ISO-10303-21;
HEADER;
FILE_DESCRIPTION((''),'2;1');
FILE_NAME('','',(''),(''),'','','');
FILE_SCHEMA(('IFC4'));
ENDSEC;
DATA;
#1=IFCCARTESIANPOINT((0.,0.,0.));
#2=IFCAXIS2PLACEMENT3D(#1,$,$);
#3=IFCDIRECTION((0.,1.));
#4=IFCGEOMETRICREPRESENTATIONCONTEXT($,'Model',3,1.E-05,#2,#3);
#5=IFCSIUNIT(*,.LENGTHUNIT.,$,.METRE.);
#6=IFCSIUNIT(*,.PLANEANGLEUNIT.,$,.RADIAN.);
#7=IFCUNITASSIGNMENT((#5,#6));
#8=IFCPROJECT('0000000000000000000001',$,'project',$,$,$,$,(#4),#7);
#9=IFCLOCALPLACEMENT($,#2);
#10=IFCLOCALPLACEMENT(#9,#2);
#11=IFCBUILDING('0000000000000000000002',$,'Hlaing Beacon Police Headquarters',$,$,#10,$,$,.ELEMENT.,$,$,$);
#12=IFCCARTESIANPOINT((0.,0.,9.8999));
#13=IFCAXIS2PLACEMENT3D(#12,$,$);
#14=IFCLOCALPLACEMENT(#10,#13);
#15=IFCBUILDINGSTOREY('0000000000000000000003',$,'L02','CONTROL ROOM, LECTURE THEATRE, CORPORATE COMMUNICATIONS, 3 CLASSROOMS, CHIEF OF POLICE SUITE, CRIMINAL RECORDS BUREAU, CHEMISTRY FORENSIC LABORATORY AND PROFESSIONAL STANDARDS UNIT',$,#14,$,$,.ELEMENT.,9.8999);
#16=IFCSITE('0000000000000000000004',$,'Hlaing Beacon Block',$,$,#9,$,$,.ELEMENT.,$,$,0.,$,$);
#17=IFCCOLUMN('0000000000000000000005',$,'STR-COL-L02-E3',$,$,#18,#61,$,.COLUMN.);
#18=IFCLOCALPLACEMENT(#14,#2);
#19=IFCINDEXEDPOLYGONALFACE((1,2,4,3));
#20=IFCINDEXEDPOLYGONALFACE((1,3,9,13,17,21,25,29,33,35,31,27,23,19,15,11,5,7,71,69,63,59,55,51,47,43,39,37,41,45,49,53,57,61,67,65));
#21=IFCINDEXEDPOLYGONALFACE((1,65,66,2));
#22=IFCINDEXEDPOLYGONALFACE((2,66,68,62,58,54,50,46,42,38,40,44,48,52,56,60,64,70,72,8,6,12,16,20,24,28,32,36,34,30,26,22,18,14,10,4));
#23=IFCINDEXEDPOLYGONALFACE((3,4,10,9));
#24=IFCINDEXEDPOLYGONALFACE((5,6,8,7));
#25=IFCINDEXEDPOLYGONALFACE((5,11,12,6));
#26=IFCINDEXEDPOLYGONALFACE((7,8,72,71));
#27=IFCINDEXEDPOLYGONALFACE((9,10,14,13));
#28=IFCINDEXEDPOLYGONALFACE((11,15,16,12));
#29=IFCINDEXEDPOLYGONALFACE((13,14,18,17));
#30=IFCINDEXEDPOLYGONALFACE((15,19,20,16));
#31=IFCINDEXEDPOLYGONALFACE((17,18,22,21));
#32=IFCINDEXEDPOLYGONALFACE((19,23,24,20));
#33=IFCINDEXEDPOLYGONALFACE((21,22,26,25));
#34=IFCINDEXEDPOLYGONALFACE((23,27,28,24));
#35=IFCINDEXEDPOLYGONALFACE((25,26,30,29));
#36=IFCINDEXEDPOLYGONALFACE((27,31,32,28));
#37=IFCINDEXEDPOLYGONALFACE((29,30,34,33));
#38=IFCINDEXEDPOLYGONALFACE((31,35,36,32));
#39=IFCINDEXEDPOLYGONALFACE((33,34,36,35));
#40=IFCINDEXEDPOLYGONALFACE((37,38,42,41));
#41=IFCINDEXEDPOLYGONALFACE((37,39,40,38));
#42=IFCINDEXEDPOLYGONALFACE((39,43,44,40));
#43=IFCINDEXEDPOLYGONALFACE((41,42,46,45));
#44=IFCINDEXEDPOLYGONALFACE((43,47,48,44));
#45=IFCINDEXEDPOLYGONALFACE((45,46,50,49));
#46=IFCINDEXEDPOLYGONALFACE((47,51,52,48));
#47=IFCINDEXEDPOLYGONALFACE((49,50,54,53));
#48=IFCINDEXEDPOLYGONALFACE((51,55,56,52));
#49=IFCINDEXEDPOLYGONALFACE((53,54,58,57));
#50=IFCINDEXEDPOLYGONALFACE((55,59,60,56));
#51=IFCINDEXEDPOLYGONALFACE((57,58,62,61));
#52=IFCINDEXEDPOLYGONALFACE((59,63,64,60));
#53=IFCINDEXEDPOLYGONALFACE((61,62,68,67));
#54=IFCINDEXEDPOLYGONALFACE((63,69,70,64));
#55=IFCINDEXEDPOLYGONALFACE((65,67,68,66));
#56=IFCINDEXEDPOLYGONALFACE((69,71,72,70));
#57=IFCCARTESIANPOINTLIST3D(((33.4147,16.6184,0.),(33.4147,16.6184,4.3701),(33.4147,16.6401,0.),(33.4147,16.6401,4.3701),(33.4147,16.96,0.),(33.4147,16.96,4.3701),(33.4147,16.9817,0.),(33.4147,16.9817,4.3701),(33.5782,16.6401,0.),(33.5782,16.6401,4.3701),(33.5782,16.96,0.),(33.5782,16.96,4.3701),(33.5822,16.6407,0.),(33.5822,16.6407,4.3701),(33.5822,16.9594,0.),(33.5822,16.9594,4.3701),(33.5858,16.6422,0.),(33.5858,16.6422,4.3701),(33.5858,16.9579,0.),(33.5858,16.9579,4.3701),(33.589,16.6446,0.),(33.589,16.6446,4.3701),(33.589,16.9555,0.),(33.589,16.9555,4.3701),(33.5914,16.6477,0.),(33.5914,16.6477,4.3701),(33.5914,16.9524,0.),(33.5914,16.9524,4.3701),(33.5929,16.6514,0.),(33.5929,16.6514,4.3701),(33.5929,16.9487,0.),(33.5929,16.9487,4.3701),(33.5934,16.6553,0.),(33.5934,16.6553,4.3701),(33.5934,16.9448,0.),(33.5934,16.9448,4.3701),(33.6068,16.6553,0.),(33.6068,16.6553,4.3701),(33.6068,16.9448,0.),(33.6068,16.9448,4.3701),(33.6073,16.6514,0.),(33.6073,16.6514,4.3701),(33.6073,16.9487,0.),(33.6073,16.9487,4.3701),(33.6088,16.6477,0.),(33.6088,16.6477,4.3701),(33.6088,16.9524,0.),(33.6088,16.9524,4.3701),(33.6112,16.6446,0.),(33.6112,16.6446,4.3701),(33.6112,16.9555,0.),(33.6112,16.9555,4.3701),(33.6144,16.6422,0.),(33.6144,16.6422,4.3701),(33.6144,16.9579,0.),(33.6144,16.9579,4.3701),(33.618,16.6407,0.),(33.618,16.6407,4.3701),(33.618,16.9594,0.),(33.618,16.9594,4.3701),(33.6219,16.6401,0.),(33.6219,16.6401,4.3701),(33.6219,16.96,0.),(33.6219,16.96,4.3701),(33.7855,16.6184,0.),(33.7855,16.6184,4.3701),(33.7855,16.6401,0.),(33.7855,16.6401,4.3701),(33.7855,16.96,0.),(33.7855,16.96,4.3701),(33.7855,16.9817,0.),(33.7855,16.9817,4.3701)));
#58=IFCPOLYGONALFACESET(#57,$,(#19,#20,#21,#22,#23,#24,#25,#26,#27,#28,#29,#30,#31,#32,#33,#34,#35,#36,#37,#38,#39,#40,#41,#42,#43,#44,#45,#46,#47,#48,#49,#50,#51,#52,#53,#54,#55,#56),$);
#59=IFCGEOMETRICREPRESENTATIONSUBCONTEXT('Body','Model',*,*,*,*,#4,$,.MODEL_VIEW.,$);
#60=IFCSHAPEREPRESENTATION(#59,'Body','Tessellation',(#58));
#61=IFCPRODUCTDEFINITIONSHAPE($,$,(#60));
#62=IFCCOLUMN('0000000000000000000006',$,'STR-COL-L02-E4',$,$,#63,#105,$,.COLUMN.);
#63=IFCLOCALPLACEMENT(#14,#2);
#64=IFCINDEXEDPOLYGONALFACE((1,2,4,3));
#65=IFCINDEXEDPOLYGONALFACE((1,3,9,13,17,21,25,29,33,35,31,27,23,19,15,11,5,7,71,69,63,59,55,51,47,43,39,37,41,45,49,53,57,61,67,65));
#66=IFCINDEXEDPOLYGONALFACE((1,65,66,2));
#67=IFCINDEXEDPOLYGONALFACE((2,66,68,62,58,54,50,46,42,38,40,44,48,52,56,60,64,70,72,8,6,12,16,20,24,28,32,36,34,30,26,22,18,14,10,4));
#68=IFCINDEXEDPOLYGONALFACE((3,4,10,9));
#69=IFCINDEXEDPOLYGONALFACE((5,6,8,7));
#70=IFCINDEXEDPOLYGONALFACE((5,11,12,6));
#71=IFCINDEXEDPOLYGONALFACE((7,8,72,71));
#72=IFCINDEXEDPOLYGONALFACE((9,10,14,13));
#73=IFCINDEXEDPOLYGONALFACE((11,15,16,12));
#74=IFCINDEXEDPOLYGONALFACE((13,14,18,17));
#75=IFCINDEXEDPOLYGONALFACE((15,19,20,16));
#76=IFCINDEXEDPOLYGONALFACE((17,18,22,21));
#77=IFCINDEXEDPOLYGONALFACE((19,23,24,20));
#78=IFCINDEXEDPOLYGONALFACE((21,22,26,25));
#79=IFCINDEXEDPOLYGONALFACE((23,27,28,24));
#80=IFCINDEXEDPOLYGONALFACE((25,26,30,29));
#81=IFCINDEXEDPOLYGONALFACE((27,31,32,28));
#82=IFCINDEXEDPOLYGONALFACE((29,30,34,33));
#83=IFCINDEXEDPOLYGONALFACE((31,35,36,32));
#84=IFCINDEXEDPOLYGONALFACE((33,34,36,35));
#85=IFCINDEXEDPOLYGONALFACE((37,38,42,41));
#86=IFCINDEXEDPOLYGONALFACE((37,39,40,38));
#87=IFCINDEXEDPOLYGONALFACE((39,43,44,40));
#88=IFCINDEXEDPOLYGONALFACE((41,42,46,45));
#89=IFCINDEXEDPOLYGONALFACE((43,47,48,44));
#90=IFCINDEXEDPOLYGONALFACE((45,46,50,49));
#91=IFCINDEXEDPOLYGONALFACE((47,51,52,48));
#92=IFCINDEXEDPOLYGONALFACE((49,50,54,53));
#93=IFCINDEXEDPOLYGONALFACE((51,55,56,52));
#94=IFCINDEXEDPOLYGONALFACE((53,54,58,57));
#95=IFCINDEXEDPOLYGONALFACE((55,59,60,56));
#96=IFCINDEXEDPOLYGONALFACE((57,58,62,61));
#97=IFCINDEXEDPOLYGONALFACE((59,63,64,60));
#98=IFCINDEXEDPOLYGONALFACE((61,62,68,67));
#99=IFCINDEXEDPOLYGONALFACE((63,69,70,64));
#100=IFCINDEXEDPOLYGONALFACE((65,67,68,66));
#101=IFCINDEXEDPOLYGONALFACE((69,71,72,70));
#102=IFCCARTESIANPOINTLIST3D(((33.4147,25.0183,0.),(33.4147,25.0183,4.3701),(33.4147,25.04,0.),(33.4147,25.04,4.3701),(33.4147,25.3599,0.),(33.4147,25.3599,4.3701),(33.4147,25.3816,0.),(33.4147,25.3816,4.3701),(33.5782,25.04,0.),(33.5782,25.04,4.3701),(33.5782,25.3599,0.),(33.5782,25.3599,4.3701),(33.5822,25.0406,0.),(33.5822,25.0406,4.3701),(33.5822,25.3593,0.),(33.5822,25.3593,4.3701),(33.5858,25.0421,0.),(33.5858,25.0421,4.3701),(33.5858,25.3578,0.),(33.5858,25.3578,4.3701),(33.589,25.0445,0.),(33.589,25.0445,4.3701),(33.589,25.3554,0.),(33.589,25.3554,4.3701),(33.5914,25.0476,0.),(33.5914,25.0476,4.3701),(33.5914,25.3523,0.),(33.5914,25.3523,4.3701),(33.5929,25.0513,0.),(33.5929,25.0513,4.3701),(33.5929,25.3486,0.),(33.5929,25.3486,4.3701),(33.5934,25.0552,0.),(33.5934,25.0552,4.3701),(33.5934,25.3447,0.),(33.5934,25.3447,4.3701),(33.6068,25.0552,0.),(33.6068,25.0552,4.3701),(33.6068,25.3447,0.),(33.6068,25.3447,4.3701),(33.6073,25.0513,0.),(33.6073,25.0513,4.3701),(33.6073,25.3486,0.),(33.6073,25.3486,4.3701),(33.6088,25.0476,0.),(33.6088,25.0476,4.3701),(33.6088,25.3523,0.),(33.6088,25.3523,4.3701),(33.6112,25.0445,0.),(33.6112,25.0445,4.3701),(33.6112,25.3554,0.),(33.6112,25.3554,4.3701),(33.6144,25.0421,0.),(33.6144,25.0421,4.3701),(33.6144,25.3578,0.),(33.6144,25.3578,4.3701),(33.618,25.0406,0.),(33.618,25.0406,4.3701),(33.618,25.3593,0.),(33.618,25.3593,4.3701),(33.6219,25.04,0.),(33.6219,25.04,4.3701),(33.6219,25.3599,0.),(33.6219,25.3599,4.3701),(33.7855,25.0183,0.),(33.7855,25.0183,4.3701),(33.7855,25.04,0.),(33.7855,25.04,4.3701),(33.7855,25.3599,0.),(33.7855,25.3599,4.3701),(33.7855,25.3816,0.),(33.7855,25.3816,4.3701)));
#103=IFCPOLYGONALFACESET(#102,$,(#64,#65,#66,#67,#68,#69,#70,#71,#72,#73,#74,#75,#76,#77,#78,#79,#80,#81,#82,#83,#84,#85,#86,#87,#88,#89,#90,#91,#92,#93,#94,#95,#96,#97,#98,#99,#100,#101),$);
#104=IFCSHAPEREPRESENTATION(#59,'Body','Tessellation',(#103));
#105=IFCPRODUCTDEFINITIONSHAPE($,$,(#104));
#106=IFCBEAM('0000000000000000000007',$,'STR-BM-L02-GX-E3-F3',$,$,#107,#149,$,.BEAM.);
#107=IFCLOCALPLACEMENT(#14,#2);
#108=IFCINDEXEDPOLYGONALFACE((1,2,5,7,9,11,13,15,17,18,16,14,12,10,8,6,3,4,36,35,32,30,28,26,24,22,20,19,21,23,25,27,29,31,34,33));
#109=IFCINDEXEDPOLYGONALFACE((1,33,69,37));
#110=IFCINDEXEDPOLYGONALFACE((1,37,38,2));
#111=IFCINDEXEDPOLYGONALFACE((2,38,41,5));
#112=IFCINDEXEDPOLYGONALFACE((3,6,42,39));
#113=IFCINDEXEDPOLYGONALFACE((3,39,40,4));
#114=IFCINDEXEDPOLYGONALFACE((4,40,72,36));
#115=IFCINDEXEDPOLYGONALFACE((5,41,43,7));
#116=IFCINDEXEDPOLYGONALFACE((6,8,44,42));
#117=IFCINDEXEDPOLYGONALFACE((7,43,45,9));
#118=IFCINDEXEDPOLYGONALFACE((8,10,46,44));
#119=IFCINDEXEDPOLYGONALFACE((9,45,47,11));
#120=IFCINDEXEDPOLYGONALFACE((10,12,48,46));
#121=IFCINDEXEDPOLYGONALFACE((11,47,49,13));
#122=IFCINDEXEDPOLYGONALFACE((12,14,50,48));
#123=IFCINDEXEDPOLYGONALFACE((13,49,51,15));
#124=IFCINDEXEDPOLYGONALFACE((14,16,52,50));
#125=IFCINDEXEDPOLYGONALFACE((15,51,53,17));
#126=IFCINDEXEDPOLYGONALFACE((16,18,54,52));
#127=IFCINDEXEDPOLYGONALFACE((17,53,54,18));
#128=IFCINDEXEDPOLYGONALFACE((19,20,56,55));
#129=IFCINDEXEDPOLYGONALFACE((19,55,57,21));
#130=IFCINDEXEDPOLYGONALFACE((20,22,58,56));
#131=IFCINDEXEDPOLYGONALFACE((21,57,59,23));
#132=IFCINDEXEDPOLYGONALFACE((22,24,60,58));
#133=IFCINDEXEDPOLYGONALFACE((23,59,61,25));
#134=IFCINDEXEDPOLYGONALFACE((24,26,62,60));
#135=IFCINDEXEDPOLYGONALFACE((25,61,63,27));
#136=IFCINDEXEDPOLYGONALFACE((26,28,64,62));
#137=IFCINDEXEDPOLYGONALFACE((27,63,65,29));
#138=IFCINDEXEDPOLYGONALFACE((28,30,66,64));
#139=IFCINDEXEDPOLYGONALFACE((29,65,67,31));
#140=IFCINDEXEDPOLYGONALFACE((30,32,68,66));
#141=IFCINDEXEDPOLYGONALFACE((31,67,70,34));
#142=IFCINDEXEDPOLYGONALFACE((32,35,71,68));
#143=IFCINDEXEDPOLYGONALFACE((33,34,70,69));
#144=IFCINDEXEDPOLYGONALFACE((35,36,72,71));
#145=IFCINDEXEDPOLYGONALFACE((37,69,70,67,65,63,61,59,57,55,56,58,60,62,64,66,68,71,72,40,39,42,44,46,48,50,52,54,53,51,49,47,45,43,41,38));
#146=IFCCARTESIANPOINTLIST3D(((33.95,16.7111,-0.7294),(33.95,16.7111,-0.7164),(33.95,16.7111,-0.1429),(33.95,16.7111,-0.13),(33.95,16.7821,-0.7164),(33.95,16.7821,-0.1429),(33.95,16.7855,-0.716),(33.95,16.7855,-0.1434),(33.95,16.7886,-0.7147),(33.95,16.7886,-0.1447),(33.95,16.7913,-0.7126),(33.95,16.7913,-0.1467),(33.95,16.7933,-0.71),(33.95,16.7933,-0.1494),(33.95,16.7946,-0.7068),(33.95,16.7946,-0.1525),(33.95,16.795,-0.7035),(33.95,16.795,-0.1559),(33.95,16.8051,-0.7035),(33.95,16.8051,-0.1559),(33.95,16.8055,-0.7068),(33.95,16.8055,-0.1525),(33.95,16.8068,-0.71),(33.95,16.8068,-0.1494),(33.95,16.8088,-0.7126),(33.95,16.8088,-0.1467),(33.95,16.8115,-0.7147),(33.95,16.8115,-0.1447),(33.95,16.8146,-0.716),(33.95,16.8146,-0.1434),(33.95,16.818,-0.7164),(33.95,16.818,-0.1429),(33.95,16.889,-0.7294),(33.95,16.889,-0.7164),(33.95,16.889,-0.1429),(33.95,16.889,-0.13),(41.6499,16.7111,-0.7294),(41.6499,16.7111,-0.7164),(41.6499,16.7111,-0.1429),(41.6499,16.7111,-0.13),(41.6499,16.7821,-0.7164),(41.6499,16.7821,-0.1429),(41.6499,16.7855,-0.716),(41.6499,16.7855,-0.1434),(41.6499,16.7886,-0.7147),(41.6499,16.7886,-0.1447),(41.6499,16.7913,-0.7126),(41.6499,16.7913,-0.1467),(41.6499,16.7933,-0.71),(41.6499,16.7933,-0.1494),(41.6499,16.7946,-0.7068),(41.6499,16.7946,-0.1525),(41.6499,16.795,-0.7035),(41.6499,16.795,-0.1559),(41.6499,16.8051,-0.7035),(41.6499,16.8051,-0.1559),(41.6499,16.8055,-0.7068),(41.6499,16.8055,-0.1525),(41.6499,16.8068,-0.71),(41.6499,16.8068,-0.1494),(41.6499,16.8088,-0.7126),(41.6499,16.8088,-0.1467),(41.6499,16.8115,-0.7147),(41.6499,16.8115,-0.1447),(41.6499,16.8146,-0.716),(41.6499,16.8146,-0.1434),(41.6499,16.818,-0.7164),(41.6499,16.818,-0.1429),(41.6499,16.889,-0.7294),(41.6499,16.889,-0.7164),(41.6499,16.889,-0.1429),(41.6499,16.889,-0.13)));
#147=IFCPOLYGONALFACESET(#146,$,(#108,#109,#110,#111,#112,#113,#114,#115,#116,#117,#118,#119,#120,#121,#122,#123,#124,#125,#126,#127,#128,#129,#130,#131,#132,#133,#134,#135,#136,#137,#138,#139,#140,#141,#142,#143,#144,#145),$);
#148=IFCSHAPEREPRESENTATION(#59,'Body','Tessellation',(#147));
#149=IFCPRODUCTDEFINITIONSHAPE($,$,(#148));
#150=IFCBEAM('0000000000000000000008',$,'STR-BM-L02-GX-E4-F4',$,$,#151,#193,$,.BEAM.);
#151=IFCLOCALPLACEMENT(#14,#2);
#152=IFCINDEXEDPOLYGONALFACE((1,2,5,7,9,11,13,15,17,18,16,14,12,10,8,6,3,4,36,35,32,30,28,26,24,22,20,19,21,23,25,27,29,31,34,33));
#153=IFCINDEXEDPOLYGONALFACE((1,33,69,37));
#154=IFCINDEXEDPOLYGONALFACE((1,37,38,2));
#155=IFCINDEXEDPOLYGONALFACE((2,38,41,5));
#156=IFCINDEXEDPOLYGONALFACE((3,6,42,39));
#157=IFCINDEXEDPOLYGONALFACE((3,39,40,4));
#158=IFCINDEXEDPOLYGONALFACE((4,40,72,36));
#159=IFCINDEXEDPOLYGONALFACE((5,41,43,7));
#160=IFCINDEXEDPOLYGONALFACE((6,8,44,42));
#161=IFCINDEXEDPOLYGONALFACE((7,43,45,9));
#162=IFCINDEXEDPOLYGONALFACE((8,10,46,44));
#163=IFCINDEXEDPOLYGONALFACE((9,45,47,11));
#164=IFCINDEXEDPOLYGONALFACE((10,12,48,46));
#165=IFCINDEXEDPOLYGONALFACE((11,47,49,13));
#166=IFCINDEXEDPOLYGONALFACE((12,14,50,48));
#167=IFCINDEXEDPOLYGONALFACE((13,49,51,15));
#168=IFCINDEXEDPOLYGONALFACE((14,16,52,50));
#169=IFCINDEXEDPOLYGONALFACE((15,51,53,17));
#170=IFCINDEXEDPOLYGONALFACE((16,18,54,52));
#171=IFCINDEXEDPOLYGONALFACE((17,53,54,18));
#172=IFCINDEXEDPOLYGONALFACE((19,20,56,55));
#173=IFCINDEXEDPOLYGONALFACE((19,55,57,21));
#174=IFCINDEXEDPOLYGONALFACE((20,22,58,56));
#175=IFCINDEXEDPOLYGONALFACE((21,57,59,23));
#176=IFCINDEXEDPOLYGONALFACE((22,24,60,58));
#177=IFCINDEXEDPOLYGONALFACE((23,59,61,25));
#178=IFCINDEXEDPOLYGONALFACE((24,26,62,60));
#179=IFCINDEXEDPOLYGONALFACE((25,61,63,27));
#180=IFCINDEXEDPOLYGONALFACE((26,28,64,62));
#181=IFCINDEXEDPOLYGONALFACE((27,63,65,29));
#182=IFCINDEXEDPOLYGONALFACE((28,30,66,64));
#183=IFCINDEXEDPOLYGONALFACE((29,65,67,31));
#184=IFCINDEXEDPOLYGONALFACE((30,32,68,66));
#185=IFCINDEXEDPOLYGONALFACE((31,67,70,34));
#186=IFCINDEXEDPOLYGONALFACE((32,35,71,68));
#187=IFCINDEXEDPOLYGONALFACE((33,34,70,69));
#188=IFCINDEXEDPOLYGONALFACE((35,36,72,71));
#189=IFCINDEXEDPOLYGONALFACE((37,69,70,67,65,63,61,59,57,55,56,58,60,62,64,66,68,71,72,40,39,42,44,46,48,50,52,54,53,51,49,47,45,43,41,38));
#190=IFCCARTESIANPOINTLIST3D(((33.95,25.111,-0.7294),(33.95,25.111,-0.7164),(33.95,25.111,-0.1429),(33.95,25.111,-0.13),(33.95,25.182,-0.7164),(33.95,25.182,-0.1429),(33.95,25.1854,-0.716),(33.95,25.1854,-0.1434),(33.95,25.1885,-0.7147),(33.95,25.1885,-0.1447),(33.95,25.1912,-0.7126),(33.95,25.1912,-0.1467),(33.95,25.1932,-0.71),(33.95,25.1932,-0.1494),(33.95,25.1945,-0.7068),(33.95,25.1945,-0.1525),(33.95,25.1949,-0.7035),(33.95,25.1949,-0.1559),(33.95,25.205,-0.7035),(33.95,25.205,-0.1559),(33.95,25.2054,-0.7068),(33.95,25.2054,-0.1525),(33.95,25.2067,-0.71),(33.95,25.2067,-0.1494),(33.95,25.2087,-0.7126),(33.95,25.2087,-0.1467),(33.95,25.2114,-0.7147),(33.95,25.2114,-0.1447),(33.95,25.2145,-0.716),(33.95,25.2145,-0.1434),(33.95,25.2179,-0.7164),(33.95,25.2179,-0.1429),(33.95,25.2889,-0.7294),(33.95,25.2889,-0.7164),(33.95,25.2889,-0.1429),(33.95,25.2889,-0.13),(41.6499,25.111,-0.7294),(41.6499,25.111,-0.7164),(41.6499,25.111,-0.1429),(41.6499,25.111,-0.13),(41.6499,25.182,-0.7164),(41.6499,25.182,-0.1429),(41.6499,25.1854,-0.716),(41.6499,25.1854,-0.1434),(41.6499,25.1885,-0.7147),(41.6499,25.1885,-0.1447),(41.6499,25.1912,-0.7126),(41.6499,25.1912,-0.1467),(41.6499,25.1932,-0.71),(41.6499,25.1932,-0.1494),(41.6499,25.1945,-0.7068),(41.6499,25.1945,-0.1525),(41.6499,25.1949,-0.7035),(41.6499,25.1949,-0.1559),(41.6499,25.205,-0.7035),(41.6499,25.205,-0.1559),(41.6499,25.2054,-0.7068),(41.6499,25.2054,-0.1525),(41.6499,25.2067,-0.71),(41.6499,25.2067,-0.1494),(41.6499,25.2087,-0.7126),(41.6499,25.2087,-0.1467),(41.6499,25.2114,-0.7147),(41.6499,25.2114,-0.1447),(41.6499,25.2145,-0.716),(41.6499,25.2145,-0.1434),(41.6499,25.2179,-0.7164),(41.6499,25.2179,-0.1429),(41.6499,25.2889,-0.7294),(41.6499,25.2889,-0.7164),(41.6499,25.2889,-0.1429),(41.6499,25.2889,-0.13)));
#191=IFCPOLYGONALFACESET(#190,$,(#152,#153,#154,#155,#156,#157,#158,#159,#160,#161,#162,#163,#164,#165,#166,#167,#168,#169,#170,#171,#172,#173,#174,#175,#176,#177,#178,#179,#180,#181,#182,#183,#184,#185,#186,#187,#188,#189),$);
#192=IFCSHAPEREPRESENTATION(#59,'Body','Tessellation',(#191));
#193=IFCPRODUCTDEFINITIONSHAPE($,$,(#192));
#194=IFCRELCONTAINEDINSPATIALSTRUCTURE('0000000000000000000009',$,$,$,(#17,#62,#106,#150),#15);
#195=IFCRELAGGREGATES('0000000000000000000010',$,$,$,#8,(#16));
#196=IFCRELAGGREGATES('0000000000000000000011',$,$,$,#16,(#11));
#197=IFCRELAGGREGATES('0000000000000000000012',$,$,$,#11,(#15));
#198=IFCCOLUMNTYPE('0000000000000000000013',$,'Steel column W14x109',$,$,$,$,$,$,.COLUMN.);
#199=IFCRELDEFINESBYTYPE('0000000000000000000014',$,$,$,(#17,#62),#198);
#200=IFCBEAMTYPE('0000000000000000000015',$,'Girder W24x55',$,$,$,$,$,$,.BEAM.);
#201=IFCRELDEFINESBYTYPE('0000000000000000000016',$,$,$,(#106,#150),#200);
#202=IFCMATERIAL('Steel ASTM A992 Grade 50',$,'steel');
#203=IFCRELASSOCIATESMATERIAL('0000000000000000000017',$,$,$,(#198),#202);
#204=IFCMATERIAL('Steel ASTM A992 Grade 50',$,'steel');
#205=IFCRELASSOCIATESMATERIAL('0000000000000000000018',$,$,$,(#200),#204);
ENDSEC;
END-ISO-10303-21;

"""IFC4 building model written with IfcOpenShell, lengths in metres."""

from ifc_helpers import new_model, si_unit, direction, frame, origin, origin_2d, place, context, subcontext, project, spatial, i_section, extrude, material, material_profile, profile_set, type_object, element, save


model = new_model("IFC4")

# Units and contexts
model_context = context("Model", 3, precision=1e-05, world=origin(), true_north=direction((0.0, 1.0)))
body_context = subcontext(model_context, "Body", "Model", "MODEL_VIEW")
ifc_project = project(units=[si_unit("LENGTHUNIT", "METRE"), si_unit("PLANEANGLEUNIT", "RADIAN")], contexts=[model_context])

# Site, building, storey
site_placement = place(None, origin())
site = spatial("IfcSite", under=ifc_project, at=site_placement, Name="Hlaing Beacon Block", CompositionType="ELEMENT", RefElevation=0.0)
building_placement = place(site_placement, origin())
building = spatial("IfcBuilding", under=site, at=building_placement, Name="Hlaing Beacon Police Headquarters", CompositionType="ELEMENT")
storey_placement = place(building_placement, frame((0.0, 0.0, 9.8999)))
storey = spatial("IfcBuildingStorey", under=building, at=storey_placement, Name="L02", Description="CONTROL ROOM, LECTURE THEATRE, CORPORATE COMMUNICATIONS, 3 CLASSROOMS, CHIEF OF POLICE SUITE, CRIMINAL RECORDS BUREAU, CHEMISTRY FORENSIC LABORATORY AND PROFESSIONAL STANDARDS UNIT", CompositionType="ELEMENT", Elevation=9.8999)

# Columns
ifc_material_1 = material(Name="Steel ASTM A992 Grade 50", Category="steel")
ifc_material_profile_1 = material_profile(ifc_material_1, i_section(OverallWidth=0.3708, OverallDepth=0.3633, WebThickness=0.0134, FlangeThickness=0.0217, FilletRadius=0.0151, at=origin_2d()), Name="W14x109")
ifc_profile_set_1 = profile_set([ifc_material_profile_1], Name="Steel ASTM A992 Grade 50")
column_type = type_object("IfcColumnType", Name="Steel column W14x109", PredefinedType="COLUMN", material=ifc_profile_set_1)
for number, where, z_axis, x_axis, name in (
    (1, (33.6001, 16.8, 0.0), (0.0, 0.0, 1.0), (1.0, 0.0, 0.0), "STR-COL-L02-E3"),
    (2, (33.6001, 25.2, 0.0), (0.0, 0.0, 1.0), (1.0, 0.0, 0.0), "STR-COL-L02-E4"),
):
    element("IfcColumn", number, at=place(storey_placement, frame(where, z_axis=z_axis, x_axis=x_axis)), inside=storey, type_object=column_type, Name=name, PredefinedType="COLUMN", context=body_context, shape_type="SweptSolid", body=[
        extrude(i_section(OverallWidth=0.3708, OverallDepth=0.3633, WebThickness=0.0134, FlangeThickness=0.0217, FilletRadius=0.0151, at=origin_2d()), origin(), (0.0, 0.0, 1.0), 4.3701),
    ])

# Beams
ifc_material_2 = material(Name="Steel ASTM A992 Grade 50", Category="steel")
ifc_material_profile_2 = material_profile(ifc_material_2, i_section(OverallWidth=0.178, OverallDepth=0.5994, WebThickness=0.01, FlangeThickness=0.0129, FilletRadius=0.0129, at=origin_2d()), Name="W24x55")
ifc_profile_set_2 = profile_set([ifc_material_profile_2], Name="Steel ASTM A992 Grade 50")
beam_type_1 = type_object("IfcBeamType", Name="Girder W24x55", PredefinedType="BEAM", material=ifc_profile_set_2)
for number, where, z_axis, x_axis, name in (
    (3, (33.95, 16.8, -0.4297), (1.0, 0.0, 0.0), (0.0, 1.0, 0.0), "STR-BM-L02-GX-E3-F3"),
    (4, (33.95, 25.2, -0.4297), (1.0, 0.0, 0.0), (0.0, 1.0, 0.0), "STR-BM-L02-GX-E4-F4"),
):
    element("IfcBeam", number, at=place(storey_placement, frame(where, z_axis=z_axis, x_axis=x_axis)), inside=storey, type_object=beam_type_1, Name=name, PredefinedType="BEAM", context=body_context, shape_type="SweptSolid", body=[
        extrude(i_section(OverallWidth=0.178, OverallDepth=0.5994, WebThickness=0.01, FlangeThickness=0.0129, FilletRadius=0.0129, at=origin_2d()), origin(), (0.0, 0.0, 1.0), 7.7),
    ])

save(model, "model.ifc")
